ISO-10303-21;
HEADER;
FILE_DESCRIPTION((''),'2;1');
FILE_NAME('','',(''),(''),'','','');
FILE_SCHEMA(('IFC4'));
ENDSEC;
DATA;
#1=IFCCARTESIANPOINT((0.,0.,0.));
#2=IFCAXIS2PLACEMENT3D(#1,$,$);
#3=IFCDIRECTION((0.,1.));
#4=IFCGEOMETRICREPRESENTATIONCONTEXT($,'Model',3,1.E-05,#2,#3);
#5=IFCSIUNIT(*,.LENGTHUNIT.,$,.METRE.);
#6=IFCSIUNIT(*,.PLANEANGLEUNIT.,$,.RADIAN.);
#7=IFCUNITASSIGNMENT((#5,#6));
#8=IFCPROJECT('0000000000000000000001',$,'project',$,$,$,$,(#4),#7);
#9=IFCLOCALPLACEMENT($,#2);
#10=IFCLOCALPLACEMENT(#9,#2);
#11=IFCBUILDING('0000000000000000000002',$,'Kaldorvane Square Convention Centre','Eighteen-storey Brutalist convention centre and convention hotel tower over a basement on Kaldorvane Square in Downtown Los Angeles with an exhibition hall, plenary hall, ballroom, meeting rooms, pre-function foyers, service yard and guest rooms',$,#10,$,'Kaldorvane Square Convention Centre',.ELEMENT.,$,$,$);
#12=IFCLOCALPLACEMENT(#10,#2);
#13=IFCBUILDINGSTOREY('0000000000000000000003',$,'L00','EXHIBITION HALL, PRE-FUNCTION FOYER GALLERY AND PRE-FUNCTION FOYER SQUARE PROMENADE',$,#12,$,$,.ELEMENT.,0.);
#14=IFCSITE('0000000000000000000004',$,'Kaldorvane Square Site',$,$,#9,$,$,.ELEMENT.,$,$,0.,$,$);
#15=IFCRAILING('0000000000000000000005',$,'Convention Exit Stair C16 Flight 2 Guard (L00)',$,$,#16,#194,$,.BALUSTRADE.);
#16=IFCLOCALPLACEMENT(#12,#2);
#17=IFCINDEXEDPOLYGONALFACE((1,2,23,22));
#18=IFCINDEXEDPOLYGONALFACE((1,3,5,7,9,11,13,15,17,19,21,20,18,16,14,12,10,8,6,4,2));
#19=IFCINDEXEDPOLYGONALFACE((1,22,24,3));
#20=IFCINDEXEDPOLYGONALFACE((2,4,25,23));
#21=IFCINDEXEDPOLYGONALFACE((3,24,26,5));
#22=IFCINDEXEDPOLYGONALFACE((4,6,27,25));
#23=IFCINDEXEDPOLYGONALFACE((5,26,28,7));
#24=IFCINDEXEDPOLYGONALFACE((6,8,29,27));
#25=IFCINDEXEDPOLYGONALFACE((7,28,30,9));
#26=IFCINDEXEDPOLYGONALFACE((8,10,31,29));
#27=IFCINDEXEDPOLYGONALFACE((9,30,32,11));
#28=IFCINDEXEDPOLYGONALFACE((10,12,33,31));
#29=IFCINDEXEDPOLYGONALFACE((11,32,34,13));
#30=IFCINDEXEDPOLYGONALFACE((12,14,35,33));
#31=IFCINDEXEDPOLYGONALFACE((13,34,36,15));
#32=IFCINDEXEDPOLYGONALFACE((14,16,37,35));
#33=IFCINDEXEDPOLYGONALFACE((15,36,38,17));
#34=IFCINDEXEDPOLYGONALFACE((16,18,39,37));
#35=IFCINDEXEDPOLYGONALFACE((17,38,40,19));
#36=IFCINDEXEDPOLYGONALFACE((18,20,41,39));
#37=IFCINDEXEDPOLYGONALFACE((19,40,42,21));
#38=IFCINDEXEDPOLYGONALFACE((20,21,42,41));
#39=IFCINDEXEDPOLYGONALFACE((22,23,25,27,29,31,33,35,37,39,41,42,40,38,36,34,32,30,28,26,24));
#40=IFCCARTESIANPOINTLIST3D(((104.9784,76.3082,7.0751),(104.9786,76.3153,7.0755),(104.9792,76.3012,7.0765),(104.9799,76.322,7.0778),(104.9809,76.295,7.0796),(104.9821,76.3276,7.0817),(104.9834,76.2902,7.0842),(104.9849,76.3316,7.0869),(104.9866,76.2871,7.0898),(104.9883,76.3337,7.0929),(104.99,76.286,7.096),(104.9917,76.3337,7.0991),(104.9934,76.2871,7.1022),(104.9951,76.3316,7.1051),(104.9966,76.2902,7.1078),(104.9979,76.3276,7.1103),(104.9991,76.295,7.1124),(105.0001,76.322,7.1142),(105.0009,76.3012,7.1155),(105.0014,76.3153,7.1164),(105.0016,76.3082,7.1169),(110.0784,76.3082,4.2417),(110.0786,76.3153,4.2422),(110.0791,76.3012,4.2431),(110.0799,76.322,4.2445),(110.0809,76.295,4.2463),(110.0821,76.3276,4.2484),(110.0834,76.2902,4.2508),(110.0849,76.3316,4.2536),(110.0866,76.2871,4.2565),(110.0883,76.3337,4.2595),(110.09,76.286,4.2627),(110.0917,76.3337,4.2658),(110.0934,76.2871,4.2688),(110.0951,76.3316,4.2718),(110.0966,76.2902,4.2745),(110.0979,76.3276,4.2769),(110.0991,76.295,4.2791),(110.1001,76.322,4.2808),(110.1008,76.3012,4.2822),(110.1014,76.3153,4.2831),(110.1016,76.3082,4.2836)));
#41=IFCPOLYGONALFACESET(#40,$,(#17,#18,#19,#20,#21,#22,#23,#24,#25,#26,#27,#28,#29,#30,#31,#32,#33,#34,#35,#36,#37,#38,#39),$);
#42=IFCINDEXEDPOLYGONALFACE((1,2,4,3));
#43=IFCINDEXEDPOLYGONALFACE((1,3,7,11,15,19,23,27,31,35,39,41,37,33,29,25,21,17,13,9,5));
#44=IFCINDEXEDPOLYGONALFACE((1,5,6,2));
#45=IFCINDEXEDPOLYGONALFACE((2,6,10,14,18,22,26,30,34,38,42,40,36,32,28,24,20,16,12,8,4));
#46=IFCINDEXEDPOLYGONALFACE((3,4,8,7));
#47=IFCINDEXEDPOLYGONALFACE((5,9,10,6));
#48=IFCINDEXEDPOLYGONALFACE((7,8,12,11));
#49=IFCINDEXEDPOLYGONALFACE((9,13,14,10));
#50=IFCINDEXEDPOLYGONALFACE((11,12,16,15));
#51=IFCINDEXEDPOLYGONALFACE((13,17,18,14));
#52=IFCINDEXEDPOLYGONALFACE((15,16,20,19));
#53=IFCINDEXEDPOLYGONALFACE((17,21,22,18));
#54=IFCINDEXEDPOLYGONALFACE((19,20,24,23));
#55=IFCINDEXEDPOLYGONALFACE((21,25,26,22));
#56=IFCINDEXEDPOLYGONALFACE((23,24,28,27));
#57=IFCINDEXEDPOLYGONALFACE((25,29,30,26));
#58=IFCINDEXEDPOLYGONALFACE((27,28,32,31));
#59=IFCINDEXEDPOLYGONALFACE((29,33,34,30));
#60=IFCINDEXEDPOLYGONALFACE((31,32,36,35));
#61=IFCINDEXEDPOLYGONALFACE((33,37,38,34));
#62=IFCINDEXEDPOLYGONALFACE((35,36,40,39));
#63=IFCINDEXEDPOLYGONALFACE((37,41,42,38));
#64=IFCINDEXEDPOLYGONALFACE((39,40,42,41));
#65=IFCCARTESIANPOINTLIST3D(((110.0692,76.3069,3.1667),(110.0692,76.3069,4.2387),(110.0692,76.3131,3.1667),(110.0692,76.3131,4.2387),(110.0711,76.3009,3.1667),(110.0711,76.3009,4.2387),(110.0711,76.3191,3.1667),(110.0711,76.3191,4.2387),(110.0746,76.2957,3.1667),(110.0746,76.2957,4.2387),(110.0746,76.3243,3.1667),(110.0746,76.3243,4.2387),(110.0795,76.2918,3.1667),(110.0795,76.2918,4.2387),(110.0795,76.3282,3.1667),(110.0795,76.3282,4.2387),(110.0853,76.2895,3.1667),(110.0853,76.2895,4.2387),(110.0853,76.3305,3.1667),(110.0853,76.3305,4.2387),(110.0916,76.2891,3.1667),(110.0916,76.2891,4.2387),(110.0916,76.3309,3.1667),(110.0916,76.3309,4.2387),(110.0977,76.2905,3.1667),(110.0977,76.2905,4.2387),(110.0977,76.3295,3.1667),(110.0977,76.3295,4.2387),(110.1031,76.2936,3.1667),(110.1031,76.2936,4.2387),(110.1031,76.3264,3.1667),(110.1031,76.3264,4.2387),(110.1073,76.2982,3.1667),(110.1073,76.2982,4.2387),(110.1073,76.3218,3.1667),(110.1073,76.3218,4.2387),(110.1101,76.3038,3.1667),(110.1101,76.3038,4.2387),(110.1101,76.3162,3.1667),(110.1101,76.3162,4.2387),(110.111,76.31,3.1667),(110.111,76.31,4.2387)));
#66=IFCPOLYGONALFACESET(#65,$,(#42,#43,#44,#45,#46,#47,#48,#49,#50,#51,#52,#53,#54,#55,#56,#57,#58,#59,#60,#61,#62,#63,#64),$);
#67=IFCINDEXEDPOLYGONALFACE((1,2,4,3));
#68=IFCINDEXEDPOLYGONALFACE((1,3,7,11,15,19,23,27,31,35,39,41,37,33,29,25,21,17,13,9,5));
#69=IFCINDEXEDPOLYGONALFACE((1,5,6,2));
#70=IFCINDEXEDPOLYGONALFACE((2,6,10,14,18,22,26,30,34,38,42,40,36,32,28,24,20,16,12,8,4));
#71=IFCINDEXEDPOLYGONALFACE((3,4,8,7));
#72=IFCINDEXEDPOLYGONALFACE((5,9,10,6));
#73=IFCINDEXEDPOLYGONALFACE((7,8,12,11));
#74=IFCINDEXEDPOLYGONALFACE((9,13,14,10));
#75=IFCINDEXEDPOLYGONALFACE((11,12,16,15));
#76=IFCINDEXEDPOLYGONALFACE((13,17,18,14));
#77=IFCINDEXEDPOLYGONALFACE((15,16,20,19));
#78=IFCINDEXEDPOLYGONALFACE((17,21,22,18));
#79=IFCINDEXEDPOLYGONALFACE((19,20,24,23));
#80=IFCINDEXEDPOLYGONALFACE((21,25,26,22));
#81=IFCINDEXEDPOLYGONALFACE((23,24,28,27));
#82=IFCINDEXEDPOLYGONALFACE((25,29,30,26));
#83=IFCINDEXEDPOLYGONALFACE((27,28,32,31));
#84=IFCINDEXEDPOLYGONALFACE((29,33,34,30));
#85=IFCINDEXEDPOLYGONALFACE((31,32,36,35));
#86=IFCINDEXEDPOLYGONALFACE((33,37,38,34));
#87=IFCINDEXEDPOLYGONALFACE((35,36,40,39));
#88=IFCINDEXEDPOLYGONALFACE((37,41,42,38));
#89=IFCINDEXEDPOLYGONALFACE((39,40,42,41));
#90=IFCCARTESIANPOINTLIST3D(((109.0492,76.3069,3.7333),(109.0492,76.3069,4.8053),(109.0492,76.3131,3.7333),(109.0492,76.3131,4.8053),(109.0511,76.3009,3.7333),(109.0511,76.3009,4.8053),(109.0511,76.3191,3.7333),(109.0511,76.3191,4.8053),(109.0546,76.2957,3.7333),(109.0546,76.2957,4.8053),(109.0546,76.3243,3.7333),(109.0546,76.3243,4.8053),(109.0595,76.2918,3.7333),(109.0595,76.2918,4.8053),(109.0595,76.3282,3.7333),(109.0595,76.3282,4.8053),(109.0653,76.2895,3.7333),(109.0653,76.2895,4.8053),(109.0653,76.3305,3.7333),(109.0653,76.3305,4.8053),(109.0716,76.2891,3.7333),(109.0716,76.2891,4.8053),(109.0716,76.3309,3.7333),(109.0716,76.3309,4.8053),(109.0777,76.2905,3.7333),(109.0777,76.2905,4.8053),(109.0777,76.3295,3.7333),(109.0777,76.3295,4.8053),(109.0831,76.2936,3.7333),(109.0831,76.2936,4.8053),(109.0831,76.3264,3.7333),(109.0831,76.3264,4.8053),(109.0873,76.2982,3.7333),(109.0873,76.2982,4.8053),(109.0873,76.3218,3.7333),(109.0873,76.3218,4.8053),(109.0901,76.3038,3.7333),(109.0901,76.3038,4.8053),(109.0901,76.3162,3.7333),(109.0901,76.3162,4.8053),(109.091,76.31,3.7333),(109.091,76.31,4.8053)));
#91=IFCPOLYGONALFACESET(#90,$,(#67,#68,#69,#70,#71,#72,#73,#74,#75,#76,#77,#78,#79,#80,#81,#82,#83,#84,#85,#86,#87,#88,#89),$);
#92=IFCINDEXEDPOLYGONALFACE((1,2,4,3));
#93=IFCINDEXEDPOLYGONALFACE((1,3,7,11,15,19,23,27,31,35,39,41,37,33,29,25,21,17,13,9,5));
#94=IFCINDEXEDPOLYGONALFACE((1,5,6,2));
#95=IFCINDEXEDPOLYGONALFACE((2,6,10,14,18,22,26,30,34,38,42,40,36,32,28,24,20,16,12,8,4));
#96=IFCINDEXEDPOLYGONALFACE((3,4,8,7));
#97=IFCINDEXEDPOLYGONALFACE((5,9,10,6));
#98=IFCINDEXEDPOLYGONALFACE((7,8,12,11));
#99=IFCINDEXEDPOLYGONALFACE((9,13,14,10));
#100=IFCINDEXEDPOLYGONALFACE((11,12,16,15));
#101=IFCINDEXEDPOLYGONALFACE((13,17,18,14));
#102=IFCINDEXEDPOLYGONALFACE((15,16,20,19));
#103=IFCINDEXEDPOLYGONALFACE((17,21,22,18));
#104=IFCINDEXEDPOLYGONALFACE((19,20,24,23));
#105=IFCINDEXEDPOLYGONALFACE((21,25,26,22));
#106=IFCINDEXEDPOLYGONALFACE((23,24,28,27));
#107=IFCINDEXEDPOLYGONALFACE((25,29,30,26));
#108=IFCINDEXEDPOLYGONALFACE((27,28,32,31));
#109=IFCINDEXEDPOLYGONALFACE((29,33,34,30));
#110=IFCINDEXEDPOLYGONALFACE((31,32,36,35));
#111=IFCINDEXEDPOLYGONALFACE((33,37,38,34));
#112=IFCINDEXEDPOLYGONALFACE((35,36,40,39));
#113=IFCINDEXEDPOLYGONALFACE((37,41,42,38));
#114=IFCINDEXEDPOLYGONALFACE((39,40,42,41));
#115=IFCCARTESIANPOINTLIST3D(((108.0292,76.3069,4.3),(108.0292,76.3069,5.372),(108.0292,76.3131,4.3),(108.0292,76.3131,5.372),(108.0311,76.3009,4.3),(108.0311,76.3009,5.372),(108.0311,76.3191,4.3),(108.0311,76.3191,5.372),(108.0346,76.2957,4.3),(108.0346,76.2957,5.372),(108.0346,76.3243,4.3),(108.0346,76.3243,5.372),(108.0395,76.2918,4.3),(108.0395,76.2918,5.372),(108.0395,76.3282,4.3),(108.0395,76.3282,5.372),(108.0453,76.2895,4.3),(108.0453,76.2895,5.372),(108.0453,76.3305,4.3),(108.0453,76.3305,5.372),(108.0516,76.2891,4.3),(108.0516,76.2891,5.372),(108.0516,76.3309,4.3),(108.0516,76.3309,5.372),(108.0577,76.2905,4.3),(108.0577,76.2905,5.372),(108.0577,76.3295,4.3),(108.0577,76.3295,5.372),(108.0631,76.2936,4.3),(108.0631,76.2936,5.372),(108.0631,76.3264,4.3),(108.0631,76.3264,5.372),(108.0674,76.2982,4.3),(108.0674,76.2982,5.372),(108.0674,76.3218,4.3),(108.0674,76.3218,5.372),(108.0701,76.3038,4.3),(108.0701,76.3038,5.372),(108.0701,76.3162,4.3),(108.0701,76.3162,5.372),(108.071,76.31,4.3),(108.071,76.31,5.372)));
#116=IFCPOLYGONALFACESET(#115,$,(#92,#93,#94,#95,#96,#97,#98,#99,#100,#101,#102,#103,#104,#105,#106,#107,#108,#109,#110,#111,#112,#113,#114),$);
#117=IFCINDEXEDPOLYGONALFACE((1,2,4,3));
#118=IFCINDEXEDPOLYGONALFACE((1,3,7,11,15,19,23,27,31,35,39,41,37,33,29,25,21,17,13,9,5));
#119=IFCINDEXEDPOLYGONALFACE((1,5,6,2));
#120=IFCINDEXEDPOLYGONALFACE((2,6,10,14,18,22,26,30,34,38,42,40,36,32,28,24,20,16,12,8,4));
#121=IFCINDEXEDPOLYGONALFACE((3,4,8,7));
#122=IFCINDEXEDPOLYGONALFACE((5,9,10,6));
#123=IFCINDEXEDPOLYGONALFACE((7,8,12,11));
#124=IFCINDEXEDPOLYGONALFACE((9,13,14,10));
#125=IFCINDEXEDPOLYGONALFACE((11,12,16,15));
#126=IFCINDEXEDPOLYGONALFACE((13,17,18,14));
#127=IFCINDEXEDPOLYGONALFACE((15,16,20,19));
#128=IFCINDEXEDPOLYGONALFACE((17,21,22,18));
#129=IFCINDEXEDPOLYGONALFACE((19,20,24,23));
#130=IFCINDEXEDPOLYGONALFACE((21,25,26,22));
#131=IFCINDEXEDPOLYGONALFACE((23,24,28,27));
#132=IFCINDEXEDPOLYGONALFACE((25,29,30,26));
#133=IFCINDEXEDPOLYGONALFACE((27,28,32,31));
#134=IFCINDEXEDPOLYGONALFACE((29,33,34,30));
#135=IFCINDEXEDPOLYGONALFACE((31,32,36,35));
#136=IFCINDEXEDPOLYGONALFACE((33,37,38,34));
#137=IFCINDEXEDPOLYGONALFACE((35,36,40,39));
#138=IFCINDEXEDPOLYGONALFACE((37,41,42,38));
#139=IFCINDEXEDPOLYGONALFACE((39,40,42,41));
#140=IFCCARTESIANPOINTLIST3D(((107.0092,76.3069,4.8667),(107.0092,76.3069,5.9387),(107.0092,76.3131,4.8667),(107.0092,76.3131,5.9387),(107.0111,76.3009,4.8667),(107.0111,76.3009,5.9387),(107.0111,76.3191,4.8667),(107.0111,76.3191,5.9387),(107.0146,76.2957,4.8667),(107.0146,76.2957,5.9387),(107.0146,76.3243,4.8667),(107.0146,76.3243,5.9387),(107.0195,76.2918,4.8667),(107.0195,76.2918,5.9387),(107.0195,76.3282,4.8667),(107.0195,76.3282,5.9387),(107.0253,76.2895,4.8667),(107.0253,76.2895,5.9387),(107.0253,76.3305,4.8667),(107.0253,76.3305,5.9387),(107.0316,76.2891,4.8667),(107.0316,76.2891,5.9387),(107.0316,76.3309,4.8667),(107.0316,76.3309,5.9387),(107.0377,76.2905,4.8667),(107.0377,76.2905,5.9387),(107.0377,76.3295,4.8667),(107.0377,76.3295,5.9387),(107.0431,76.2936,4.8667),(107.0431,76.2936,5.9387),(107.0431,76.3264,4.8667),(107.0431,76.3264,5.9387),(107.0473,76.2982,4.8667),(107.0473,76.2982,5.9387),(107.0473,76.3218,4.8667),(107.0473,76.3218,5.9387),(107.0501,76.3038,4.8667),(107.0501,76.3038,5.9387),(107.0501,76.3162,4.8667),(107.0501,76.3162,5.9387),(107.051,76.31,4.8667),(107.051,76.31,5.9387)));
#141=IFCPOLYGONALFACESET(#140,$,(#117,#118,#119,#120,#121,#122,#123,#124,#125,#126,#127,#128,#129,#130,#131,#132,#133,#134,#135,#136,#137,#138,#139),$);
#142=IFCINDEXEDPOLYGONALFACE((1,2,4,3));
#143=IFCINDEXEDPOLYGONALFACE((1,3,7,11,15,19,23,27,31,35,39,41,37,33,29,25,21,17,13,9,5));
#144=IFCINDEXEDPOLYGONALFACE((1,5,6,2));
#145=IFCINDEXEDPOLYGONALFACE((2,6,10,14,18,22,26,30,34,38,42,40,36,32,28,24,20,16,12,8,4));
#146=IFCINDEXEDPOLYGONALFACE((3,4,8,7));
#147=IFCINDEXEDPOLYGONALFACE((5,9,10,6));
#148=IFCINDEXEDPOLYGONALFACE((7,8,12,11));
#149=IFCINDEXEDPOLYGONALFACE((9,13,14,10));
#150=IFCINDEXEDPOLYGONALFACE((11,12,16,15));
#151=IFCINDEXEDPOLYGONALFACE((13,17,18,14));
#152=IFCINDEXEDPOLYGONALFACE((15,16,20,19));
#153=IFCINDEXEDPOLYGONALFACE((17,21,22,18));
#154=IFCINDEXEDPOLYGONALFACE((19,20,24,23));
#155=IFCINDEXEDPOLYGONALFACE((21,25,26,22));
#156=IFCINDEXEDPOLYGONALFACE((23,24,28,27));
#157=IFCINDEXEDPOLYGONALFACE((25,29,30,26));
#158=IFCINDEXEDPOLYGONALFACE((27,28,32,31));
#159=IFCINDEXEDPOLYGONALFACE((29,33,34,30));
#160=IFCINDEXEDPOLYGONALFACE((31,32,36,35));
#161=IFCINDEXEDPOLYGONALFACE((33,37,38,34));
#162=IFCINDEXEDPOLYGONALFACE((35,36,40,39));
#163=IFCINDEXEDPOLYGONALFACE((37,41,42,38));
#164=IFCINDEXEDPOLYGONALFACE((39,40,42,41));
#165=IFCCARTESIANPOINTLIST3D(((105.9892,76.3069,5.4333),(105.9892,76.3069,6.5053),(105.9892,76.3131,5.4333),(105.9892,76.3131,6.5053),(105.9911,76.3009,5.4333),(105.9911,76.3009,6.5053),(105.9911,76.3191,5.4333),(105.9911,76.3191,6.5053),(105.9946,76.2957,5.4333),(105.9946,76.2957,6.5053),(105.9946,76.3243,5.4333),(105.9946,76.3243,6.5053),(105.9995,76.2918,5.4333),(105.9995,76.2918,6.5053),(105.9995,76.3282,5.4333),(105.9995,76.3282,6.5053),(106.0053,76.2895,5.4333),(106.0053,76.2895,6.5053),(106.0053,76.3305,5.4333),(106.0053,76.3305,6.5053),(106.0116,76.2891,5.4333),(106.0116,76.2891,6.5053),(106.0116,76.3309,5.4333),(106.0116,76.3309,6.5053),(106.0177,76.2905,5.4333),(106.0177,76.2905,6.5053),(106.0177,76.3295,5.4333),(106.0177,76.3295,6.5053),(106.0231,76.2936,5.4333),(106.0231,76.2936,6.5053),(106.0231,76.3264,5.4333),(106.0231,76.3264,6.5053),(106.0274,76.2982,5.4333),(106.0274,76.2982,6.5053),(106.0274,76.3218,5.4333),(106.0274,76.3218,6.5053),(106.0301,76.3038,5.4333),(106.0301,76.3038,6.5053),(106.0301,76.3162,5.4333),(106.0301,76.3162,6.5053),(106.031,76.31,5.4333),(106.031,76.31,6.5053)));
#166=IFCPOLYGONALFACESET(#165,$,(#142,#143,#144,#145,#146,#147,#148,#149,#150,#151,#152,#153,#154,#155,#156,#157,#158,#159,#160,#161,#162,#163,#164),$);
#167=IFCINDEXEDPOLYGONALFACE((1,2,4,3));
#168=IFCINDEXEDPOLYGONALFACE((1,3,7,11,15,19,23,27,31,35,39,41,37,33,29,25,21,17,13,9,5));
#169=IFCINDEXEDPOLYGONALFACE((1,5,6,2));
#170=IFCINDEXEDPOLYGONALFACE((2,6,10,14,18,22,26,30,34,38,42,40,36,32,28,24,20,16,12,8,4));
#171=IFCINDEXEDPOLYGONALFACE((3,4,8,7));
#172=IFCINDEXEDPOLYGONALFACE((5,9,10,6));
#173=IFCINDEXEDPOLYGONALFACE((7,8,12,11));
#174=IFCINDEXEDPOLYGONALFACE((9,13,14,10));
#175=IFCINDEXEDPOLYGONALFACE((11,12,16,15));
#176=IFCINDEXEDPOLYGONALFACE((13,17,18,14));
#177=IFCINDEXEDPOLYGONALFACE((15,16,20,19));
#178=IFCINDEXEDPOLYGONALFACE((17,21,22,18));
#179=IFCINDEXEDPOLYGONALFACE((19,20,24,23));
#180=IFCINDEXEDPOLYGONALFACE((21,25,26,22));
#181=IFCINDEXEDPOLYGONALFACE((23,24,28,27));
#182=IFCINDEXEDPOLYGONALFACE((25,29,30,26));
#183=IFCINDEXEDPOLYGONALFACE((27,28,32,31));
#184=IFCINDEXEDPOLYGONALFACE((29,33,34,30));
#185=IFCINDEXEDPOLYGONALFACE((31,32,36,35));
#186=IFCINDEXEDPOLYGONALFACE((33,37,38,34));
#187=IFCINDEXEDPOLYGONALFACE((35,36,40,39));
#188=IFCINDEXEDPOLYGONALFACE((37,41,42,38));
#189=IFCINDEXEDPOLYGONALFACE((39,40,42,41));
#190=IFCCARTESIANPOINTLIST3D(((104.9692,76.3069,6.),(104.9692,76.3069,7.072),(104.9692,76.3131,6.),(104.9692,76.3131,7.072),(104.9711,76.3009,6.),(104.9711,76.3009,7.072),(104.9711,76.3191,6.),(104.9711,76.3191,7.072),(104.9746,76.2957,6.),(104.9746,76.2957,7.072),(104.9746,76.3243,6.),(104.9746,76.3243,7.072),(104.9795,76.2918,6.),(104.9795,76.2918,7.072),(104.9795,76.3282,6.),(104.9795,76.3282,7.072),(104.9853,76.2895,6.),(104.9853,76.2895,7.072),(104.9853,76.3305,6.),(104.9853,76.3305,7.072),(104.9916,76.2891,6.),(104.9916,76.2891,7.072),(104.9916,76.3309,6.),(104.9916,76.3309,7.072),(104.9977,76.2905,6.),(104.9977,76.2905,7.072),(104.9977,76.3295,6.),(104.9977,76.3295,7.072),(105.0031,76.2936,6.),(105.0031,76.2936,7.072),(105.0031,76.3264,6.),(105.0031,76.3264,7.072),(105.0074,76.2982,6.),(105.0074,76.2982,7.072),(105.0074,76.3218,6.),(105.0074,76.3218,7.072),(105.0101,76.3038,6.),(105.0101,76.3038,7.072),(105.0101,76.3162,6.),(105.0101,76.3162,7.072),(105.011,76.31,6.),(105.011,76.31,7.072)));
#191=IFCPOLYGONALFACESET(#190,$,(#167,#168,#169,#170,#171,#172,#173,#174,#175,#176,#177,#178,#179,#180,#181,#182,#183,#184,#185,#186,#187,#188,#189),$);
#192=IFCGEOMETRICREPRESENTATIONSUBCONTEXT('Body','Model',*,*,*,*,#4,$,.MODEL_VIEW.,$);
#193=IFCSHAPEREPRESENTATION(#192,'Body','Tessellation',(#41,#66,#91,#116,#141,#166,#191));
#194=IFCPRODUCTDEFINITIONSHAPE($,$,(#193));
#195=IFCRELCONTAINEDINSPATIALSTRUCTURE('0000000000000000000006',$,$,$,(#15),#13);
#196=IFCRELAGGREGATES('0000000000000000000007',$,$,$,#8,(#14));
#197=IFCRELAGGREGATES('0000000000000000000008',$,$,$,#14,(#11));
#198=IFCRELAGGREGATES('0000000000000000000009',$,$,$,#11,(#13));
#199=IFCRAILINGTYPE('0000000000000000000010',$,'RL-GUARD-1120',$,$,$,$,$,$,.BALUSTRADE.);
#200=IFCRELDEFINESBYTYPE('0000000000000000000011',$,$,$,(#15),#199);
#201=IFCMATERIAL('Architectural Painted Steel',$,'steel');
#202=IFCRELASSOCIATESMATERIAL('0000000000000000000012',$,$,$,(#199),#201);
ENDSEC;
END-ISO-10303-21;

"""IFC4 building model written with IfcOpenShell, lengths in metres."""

from ifc_helpers import new_model, si_unit, direction, frame, origin, origin_2d, place, context, subcontext, project, spatial, circle, extrude, material, type_object, element, save


model = new_model("IFC4")

# Units and contexts
model_context = context("Model", 3, precision=1e-05, world=origin(), true_north=direction((0.0, 1.0)))
body_context = subcontext(model_context, "Body", "Model", "MODEL_VIEW")
ifc_project = project(units=[si_unit("LENGTHUNIT", "METRE"), si_unit("PLANEANGLEUNIT", "RADIAN")], contexts=[model_context])

# Site, building, storey
site_placement = place(None, origin())
site = spatial("IfcSite", under=ifc_project, at=site_placement, Name="Kaldorvane Square Site", CompositionType="ELEMENT", RefElevation=0.0)
building_placement = place(site_placement, origin())
building = spatial("IfcBuilding", under=site, at=building_placement, Name="Kaldorvane Square Convention Centre", Description="Eighteen-storey Brutalist convention centre and convention hotel tower over a basement on Kaldorvane Square in Downtown Los Angeles with an exhibition hall, plenary hall, ballroom, meeting rooms, pre-function foyers, service yard and guest rooms", LongName="Kaldorvane Square Convention Centre", CompositionType="ELEMENT")
storey_placement = place(building_placement, origin())
storey = spatial("IfcBuildingStorey", under=building, at=storey_placement, Name="L00", Description="EXHIBITION HALL, PRE-FUNCTION FOYER GALLERY AND PRE-FUNCTION FOYER SQUARE PROMENADE", CompositionType="ELEMENT", Elevation=0.0)

# Railing
ifc_material_1 = material(Name="Architectural Painted Steel", Category="steel")
railing_type_1 = type_object("IfcRailingType", Name="RL-GUARD-1120", PredefinedType="BALUSTRADE", material=ifc_material_1)
railing_1_placement = place(storey_placement, frame((110.09, 76.31, 3.1667)))
element("IfcRailing", 1, at=railing_1_placement, inside=storey, type_object=railing_type_1, Name="Convention Exit Stair C16 Flight 2 Guard (L00)", PredefinedType="BALUSTRADE", context=body_context, shape_type="SweptSolid", body=[
    extrude(circle(Radius=0.024, at=origin_2d()), frame((0.0, 0.0, 1.096), z_axis=(-0.874157, 0.0, 0.485643), x_axis=(0.0, -1.0, 0.0)), (0.0, 0.0, 1.0), 5.8342),
    extrude(circle(Radius=0.021, at=origin_2d()), origin(), (0.0, 0.0, 1.0), 1.072),
    extrude(circle(Radius=0.021, at=origin_2d()), frame((-1.02, 0.0, 0.5667)), (0.0, 0.0, 1.0), 1.072),
    extrude(circle(Radius=0.021, at=origin_2d()), frame((-2.04, 0.0, 1.1333)), (0.0, 0.0, 1.0), 1.072),
    extrude(circle(Radius=0.021, at=origin_2d()), frame((-3.06, 0.0, 1.7)), (0.0, 0.0, 1.0), 1.072),
    extrude(circle(Radius=0.021, at=origin_2d()), frame((-4.08, 0.0, 2.2667)), (0.0, 0.0, 1.0), 1.072),
    extrude(circle(Radius=0.021, at=origin_2d()), frame((-5.1, 0.0, 2.8333)), (0.0, 0.0, 1.0), 1.072),
])

save(model, "model.ifc")
